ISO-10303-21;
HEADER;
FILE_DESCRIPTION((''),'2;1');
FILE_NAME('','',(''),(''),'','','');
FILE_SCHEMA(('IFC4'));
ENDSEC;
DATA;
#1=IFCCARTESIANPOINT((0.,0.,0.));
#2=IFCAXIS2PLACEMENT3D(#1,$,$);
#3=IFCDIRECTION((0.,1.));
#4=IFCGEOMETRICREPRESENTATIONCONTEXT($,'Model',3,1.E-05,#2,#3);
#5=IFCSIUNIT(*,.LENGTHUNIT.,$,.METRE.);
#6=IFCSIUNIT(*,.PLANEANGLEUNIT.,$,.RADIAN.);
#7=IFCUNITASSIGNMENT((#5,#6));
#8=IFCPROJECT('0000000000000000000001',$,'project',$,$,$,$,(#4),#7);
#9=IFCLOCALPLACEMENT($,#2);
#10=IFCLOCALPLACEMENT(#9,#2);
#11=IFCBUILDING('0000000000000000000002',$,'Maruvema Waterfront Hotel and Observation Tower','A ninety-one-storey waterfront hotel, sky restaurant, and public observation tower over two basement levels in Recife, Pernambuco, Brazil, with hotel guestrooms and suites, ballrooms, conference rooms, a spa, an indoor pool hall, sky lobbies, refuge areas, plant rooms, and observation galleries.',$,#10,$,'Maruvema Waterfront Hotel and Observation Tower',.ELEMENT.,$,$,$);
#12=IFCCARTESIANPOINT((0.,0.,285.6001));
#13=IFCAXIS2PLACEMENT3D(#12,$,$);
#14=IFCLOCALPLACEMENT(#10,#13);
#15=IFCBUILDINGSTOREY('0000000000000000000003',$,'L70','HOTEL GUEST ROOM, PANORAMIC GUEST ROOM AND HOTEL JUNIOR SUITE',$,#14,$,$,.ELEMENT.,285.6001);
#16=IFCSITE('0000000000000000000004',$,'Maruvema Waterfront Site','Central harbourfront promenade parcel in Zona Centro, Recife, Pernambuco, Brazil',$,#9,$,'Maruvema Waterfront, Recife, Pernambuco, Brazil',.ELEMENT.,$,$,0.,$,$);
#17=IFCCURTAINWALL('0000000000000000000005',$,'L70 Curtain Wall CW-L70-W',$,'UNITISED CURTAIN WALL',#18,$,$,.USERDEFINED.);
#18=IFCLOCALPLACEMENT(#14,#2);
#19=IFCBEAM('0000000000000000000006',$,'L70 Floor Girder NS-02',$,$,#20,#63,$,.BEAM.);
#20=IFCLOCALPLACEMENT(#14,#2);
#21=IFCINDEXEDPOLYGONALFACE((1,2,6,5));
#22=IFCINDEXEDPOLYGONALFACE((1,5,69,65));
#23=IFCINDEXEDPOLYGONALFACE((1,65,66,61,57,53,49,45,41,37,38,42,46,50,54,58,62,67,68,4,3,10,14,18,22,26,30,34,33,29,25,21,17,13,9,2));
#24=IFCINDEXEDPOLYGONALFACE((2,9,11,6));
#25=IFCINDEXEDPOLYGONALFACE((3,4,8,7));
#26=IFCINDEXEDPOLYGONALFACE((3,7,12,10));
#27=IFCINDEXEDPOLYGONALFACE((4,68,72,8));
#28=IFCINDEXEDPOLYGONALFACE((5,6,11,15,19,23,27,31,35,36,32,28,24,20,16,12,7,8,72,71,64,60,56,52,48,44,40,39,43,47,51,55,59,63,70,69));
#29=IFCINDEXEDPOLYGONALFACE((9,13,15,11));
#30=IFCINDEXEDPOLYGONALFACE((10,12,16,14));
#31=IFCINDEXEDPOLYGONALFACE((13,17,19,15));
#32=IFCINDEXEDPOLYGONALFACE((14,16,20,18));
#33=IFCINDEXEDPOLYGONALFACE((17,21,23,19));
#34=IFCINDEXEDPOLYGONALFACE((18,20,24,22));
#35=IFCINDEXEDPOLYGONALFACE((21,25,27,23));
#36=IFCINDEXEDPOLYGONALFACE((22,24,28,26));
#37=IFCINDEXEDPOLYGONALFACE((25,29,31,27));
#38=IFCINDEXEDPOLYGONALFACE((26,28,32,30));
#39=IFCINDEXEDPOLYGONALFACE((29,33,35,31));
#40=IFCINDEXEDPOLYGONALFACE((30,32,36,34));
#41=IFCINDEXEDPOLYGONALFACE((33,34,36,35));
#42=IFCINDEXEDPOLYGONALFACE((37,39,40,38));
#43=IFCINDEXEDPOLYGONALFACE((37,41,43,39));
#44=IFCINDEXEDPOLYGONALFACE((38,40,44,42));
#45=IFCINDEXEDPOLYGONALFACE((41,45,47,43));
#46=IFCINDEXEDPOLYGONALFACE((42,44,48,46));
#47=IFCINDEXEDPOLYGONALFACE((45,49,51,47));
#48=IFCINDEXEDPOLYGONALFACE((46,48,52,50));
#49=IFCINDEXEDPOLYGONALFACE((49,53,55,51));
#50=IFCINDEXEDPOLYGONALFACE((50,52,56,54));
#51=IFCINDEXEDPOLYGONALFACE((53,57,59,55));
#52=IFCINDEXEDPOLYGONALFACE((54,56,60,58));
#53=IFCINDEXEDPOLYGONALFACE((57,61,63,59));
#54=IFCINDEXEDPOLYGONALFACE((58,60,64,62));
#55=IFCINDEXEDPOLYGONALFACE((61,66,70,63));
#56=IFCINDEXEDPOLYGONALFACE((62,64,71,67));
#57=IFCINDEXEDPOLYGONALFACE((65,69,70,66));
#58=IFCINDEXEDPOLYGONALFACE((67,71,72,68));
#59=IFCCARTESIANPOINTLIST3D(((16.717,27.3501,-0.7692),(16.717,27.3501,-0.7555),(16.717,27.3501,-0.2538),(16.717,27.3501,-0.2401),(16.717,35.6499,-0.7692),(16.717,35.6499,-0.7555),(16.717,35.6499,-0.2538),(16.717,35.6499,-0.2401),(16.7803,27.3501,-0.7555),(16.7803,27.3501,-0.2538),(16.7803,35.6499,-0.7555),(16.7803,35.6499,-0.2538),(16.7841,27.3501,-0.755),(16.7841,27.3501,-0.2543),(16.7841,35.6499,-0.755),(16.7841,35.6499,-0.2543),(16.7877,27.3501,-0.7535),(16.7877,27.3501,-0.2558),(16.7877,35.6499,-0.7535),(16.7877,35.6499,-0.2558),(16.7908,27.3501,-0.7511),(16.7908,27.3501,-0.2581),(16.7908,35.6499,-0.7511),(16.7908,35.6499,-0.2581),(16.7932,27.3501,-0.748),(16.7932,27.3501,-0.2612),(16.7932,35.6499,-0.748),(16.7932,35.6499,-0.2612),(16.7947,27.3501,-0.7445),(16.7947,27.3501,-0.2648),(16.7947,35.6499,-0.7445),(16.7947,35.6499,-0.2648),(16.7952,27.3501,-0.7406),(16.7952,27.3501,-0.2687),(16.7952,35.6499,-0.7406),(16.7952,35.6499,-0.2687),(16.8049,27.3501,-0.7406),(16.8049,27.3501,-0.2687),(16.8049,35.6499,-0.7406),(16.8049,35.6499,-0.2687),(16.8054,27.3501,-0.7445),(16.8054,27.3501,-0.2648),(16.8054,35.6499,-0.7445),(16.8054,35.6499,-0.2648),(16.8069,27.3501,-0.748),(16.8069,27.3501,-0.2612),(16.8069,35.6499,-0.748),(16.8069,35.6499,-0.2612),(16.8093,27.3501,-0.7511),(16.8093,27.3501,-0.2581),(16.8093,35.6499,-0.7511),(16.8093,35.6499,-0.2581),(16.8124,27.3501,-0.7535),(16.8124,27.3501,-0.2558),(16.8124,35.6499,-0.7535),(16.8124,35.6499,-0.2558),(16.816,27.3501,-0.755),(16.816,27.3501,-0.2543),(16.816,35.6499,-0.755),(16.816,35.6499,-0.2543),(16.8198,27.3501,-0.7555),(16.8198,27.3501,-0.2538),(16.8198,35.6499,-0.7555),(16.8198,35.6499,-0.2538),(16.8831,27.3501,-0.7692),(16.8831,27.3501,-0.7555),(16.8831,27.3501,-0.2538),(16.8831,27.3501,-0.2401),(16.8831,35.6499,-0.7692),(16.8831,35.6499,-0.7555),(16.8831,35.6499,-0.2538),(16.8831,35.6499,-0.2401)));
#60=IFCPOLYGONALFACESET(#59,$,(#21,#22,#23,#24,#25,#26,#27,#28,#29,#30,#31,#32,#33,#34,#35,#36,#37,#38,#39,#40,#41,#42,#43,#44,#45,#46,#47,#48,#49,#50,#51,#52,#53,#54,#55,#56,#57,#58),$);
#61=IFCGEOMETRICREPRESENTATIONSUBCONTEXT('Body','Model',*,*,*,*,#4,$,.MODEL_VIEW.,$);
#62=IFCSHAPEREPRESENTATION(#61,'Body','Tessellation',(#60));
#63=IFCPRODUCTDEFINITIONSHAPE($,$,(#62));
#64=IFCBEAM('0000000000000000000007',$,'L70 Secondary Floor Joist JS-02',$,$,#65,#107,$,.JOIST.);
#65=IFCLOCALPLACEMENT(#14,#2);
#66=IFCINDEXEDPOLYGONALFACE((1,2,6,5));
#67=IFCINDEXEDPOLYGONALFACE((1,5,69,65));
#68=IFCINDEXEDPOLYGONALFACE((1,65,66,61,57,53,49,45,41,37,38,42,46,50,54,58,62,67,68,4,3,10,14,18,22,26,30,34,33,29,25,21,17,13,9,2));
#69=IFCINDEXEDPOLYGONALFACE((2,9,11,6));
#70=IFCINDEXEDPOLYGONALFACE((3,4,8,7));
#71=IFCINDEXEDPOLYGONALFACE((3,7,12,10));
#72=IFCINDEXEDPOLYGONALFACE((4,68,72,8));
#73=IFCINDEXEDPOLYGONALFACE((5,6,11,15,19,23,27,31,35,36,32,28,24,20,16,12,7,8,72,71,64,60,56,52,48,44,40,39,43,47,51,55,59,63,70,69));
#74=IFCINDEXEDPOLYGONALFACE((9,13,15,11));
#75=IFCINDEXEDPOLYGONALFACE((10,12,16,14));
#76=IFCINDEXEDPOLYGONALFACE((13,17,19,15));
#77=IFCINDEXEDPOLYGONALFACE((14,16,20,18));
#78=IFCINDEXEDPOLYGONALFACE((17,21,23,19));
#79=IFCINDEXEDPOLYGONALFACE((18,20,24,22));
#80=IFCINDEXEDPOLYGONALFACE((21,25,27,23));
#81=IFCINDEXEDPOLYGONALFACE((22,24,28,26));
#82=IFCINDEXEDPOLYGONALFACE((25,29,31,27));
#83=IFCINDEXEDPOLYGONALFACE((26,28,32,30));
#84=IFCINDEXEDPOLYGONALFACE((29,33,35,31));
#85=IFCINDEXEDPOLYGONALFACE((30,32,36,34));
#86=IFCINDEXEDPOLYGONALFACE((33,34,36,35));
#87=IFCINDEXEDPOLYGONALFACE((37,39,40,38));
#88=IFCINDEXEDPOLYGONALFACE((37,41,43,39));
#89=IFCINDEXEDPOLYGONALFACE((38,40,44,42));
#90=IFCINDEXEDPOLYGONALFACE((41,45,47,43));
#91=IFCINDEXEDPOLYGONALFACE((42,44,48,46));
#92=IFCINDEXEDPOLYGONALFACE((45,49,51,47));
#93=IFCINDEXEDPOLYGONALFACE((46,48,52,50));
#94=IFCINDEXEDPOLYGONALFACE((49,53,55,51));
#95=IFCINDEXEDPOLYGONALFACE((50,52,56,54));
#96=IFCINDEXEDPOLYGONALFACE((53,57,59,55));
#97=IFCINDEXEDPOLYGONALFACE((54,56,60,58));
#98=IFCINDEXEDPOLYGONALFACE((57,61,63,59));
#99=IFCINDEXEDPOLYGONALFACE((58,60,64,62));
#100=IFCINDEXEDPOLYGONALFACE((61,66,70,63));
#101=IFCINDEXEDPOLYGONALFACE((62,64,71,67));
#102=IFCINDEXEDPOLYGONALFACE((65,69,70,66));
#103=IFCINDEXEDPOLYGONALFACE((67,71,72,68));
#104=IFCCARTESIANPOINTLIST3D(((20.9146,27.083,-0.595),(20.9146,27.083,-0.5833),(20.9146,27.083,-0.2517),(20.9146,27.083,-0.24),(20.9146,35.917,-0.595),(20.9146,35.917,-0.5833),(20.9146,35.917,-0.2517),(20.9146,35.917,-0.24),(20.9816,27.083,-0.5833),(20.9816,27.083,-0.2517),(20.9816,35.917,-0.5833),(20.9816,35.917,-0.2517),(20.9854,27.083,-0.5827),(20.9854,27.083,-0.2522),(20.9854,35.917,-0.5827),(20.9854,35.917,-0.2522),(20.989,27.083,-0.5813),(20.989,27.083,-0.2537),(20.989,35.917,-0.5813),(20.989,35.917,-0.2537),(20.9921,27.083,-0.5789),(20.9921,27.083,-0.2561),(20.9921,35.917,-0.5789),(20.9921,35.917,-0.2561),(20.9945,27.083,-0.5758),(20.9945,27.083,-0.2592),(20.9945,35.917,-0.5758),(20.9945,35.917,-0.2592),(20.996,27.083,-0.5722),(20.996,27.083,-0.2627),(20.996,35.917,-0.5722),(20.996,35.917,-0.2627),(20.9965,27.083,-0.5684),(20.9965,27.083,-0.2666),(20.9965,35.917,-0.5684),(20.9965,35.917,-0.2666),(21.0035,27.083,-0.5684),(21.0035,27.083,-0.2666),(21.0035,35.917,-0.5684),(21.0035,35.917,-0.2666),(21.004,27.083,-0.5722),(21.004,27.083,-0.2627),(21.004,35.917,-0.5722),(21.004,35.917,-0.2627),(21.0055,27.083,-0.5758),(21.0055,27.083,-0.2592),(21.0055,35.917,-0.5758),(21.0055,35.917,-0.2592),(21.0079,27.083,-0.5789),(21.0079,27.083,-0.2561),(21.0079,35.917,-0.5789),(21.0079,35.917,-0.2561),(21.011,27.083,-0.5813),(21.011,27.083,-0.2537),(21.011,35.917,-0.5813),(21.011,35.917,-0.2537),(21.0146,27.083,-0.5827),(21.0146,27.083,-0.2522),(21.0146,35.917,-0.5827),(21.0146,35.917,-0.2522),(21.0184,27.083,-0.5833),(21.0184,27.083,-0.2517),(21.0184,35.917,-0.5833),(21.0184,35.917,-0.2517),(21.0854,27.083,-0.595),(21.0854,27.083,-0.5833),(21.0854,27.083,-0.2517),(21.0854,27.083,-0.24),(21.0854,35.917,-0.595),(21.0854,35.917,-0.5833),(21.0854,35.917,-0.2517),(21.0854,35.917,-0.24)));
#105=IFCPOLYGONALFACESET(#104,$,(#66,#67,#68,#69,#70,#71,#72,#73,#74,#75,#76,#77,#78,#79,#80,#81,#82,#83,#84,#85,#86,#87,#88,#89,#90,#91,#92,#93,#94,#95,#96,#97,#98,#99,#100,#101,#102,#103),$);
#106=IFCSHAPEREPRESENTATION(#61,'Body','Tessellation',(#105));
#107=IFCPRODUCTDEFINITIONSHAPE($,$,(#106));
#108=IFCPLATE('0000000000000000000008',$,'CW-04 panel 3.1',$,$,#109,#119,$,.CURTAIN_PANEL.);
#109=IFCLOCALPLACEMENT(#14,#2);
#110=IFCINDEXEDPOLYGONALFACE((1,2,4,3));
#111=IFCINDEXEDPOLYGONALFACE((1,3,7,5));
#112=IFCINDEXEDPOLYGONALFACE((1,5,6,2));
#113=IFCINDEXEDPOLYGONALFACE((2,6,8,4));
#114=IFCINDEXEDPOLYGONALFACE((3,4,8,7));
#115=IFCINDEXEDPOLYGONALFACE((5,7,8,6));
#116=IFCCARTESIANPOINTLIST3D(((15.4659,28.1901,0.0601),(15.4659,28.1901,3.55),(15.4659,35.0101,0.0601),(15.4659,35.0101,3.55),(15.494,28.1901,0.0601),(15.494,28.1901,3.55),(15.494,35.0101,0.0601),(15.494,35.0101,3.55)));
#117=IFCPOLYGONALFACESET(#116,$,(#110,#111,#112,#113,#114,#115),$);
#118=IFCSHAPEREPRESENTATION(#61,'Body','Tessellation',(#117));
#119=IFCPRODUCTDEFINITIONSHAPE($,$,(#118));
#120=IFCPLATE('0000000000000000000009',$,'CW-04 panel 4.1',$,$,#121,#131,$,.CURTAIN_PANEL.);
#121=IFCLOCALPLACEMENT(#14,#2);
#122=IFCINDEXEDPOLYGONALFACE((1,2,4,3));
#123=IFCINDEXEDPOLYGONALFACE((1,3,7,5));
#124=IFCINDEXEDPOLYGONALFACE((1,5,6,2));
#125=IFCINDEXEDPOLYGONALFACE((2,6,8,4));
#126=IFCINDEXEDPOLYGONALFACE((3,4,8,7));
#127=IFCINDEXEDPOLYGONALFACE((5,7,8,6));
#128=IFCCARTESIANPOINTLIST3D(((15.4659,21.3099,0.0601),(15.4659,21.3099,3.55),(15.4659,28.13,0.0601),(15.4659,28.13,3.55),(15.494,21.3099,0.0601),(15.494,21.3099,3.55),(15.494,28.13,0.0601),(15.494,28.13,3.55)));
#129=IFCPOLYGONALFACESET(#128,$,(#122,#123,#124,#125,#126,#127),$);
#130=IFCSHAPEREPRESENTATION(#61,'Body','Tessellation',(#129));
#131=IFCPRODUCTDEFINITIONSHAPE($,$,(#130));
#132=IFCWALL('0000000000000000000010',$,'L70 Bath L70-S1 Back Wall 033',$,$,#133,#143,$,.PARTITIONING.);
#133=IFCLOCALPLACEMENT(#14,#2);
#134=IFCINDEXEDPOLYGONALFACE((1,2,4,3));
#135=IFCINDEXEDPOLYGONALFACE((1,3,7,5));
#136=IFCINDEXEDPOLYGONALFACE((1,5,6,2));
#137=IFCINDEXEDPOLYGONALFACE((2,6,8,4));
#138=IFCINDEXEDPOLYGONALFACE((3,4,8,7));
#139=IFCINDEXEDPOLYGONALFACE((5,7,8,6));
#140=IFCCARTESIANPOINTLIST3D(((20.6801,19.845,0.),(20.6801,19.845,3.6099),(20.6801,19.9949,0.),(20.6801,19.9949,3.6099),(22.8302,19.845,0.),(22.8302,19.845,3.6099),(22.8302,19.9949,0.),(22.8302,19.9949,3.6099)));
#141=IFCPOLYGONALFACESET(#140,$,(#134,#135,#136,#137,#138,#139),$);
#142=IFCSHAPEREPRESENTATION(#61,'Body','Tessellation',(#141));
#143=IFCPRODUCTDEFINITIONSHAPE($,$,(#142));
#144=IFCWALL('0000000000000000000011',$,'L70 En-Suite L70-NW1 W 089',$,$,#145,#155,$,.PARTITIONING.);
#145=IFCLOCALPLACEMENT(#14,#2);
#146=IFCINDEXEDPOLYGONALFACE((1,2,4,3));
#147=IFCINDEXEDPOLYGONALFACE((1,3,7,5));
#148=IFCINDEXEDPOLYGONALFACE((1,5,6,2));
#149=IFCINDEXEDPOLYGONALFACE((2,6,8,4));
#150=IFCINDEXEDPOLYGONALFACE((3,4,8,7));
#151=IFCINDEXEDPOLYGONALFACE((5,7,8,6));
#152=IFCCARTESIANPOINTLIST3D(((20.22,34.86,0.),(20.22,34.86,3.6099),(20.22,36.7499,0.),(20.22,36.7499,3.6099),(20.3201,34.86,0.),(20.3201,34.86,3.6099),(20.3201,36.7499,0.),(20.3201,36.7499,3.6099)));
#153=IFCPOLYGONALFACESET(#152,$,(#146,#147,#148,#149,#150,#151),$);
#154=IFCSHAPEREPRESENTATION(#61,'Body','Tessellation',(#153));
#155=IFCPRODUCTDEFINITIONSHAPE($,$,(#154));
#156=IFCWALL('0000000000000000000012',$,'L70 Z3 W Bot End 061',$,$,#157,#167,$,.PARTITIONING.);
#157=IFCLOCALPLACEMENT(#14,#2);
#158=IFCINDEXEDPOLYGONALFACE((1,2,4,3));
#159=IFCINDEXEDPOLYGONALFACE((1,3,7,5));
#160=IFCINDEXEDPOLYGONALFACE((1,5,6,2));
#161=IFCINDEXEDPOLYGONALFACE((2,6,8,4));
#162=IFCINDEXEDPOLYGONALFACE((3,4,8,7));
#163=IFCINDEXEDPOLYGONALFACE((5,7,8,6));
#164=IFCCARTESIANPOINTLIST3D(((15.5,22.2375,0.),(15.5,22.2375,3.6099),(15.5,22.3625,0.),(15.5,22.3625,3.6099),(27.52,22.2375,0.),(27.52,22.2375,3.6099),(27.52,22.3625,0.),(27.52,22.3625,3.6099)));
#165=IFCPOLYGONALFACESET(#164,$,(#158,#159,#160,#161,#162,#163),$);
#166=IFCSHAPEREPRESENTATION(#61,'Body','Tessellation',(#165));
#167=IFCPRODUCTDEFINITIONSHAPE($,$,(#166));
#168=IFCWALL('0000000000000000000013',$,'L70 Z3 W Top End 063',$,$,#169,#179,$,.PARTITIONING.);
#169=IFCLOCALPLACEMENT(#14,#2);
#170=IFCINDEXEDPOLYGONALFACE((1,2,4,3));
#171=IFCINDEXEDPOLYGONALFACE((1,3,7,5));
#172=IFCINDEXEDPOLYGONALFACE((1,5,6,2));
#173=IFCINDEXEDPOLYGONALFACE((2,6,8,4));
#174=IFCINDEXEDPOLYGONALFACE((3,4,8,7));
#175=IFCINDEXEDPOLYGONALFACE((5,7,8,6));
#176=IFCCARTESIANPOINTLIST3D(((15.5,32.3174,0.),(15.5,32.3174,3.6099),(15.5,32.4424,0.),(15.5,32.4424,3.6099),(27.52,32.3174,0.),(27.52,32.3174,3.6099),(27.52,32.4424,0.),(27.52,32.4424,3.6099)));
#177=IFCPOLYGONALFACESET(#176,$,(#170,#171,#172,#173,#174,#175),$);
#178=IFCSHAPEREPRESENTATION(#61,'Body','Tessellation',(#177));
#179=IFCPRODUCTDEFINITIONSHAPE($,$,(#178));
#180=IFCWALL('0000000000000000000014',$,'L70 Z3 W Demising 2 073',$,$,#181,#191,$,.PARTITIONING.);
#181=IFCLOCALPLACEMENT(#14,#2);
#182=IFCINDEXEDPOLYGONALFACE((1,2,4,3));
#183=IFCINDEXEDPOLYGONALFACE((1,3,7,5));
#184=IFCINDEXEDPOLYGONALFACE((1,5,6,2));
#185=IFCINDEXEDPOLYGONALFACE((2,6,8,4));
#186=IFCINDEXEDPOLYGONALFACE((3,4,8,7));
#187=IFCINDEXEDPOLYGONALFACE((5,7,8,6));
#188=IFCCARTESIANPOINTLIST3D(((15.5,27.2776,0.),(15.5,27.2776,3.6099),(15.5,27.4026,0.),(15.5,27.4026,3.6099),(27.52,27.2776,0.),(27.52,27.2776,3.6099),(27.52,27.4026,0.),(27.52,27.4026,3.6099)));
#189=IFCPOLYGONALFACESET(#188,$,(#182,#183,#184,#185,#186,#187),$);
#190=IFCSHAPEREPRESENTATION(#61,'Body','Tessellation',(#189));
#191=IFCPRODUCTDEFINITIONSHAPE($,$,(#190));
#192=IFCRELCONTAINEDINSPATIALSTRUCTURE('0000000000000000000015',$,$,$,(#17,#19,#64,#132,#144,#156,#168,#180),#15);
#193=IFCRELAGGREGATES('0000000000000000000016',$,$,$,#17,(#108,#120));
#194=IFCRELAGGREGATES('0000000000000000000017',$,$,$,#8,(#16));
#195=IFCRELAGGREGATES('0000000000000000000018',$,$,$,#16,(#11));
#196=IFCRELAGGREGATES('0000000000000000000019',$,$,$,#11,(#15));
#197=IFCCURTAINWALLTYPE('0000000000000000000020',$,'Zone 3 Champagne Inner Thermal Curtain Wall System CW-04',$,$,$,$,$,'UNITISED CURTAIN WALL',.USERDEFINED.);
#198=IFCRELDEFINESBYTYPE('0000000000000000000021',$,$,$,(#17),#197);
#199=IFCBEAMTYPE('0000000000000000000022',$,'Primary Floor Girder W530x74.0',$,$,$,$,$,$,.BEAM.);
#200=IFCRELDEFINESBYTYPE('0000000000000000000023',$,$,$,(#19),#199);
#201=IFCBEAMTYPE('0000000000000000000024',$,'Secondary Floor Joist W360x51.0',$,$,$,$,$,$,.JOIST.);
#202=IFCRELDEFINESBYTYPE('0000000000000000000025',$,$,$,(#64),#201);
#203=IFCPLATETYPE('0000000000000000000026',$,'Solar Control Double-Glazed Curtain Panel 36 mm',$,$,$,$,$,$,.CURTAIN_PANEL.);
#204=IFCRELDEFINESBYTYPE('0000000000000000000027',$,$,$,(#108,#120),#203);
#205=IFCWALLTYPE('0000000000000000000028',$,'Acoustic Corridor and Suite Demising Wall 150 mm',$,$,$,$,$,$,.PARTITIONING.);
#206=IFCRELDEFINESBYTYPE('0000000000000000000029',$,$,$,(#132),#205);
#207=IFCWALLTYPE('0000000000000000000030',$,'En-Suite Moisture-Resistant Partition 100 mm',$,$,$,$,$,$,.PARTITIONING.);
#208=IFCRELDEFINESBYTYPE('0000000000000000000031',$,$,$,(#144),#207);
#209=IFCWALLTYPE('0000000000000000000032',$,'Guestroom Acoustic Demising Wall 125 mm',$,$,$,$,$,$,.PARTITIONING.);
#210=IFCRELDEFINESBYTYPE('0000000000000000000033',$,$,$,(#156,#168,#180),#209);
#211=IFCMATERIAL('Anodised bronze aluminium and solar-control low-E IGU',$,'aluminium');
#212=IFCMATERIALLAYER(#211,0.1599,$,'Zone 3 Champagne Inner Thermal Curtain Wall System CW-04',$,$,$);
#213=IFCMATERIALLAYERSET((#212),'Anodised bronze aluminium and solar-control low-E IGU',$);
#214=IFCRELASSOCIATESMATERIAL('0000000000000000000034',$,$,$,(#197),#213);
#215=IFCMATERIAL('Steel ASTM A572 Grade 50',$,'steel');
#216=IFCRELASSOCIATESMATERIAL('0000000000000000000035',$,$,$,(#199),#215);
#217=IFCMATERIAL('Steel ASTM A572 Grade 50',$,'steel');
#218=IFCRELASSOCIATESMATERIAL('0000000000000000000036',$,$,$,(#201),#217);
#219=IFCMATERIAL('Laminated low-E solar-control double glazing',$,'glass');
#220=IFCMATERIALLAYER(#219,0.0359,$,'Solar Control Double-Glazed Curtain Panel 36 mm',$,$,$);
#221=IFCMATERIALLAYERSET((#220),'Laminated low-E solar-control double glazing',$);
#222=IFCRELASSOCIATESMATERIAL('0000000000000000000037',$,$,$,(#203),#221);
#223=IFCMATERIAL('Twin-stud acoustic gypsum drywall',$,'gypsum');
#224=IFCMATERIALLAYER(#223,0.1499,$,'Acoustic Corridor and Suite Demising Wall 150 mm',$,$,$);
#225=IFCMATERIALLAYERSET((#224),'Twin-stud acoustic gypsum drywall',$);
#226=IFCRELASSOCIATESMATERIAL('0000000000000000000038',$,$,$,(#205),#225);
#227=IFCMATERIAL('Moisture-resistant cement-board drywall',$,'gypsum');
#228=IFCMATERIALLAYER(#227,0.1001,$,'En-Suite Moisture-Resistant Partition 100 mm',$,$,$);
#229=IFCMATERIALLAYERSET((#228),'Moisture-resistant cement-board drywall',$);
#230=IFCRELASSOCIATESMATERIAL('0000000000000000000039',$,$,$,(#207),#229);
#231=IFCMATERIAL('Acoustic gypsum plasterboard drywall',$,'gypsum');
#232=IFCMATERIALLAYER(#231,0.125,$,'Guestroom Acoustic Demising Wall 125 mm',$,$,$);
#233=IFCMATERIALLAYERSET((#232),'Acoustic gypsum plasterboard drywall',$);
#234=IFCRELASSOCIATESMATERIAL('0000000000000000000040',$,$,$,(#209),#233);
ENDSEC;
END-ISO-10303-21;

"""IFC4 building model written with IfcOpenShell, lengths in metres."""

from ifc_helpers import new_model, si_unit, direction, frame, frame_2d, origin, origin_2d, place, context, subcontext, project, spatial, rectangle, i_section, extrude, material, layer, layer_set, material_profile, profile_set, type_object, element, aggregate, save


model = new_model("IFC4")

# Units and contexts
model_context = context("Model", 3, precision=1e-05, world=origin(), true_north=direction((0.0, 1.0)))
body_context = subcontext(model_context, "Body", "Model", "MODEL_VIEW")
ifc_project = project(units=[si_unit("LENGTHUNIT", "METRE"), si_unit("PLANEANGLEUNIT", "RADIAN")], contexts=[model_context])

# Site, building, storey
site_placement = place(None, origin())
site = spatial("IfcSite", under=ifc_project, at=site_placement, Name="Maruvema Waterfront Site", Description="Central harbourfront promenade parcel in Zona Centro, Recife, Pernambuco, Brazil", LongName="Maruvema Waterfront, Recife, Pernambuco, Brazil", CompositionType="ELEMENT", RefElevation=0.0)
building_placement = place(site_placement, origin())
building = spatial("IfcBuilding", under=site, at=building_placement, Name="Maruvema Waterfront Hotel and Observation Tower", Description="A ninety-one-storey waterfront hotel, sky restaurant, and public observation tower over two basement levels in Recife, Pernambuco, Brazil, with hotel guestrooms and suites, ballrooms, conference rooms, a spa, an indoor pool hall, sky lobbies, refuge areas, plant rooms, and observation galleries.", LongName="Maruvema Waterfront Hotel and Observation Tower", CompositionType="ELEMENT")
storey_placement = place(building_placement, frame((0.0, 0.0, 285.6001)))
storey = spatial("IfcBuildingStorey", under=building, at=storey_placement, Name="L70", Description="HOTEL GUEST ROOM, PANORAMIC GUEST ROOM AND HOTEL JUNIOR SUITE", CompositionType="ELEMENT", Elevation=285.6001)

# Curtain wall
ifc_material_1 = material(Name="Anodised bronze aluminium and solar-control low-E IGU", Category="aluminium")
ifc_layer_1 = layer(ifc_material_1, 0.1599, Name="Zone 3 Champagne Inner Thermal Curtain Wall System CW-04")
ifc_layer_set_1 = layer_set([ifc_layer_1], Name="Anodised bronze aluminium and solar-control low-E IGU")
curtain_wall_type = type_object("IfcCurtainWallType", Name="Zone 3 Champagne Inner Thermal Curtain Wall System CW-04", ElementType="UNITISED CURTAIN WALL", PredefinedType="USERDEFINED", material=ifc_layer_set_1)
curtain_wall_placement = place(storey_placement, origin())
curtain_wall = element("IfcCurtainWall", 1, at=curtain_wall_placement, inside=storey, type_object=curtain_wall_type, Name="L70 Curtain Wall CW-L70-W", ObjectType="UNITISED CURTAIN WALL", PredefinedType="USERDEFINED")

# Beams
ifc_material_2 = material(Name="Steel ASTM A572 Grade 50", Category="steel")
ifc_material_profile_1 = material_profile(ifc_material_2, i_section(OverallWidth=0.166, OverallDepth=0.5291, WebThickness=0.0098, FlangeThickness=0.0137, FilletRadius=0.0149, at=origin_2d()), Name="W530x74.0")
ifc_profile_set_1 = profile_set([ifc_material_profile_1], Name="Steel ASTM A572 Grade 50")
beam_type_1 = type_object("IfcBeamType", Name="Primary Floor Girder W530x74.0", PredefinedType="BEAM", material=ifc_profile_set_1)
beam_1_placement = place(storey_placement, frame((16.8, 27.3501, -0.5046), z_axis=(0.0, 1.0, 0.0), x_axis=(-1.0, 0.0, 0.0)))
element("IfcBeam", 2, at=beam_1_placement, inside=storey, type_object=beam_type_1, Name="L70 Floor Girder NS-02", PredefinedType="BEAM", context=body_context, shape_type="SweptSolid", body=[
    extrude(i_section(OverallWidth=0.166, OverallDepth=0.5291, WebThickness=0.0098, FlangeThickness=0.0137, FilletRadius=0.0149, at=origin_2d()), origin(), (0.0, 0.0, 1.0), 8.2998),
])
ifc_material_3 = material(Name="Steel ASTM A572 Grade 50", Category="steel")
ifc_material_profile_2 = material_profile(ifc_material_3, i_section(OverallWidth=0.1709, OverallDepth=0.355, WebThickness=0.0071, FlangeThickness=0.0117, FilletRadius=0.0149, at=origin_2d()), Name="W360x51.0")
ifc_profile_set_2 = profile_set([ifc_material_profile_2], Name="Steel ASTM A572 Grade 50")
beam_type_2 = type_object("IfcBeamType", Name="Secondary Floor Joist W360x51.0", PredefinedType="JOIST", material=ifc_profile_set_2)
beam_2_placement = place(storey_placement, frame((21.0, 27.083, -0.4175), z_axis=(0.0, 1.0, 0.0), x_axis=(-1.0, 0.0, 0.0)))
element("IfcBeam", 3, at=beam_2_placement, inside=storey, type_object=beam_type_2, Name="L70 Secondary Floor Joist JS-02", PredefinedType="JOIST", context=body_context, shape_type="SweptSolid", body=[
    extrude(i_section(OverallWidth=0.1709, OverallDepth=0.355, WebThickness=0.0071, FlangeThickness=0.0117, FilletRadius=0.0149, at=origin_2d()), origin(), (0.0, 0.0, 1.0), 8.834),
])

# Plates
ifc_material_4 = material(Name="Laminated low-E solar-control double glazing", Category="glass")
ifc_layer_2 = layer(ifc_material_4, 0.0359, Name="Solar Control Double-Glazed Curtain Panel 36 mm")
ifc_layer_set_2 = layer_set([ifc_layer_2], Name="Laminated low-E solar-control double glazing")
plate_type = type_object("IfcPlateType", Name="Solar Control Double-Glazed Curtain Panel 36 mm", PredefinedType="CURTAIN_PANEL", material=ifc_layer_set_2)
plate_1_placement = place(storey_placement, frame((15.48, 31.6001, 0.0601), z_axis=(0.0, 0.0, 1.0), x_axis=(0.0, -1.0, 0.0)))
plate_1 = element("IfcPlate", 4, at=plate_1_placement, type_object=plate_type, Name="CW-04 panel 3.1", PredefinedType="CURTAIN_PANEL", context=body_context, shape_type="SweptSolid", body=[
    extrude(rectangle(XDim=6.8201, YDim=0.0281, at=origin_2d()), origin(), (0.0, 0.0, 1.0), 3.49),
])
plate_2_placement = place(storey_placement, frame((15.48, 24.72, 0.0601), z_axis=(0.0, 0.0, 1.0), x_axis=(0.0, -1.0, 0.0)))
plate_2 = element("IfcPlate", 5, at=plate_2_placement, type_object=plate_type, Name="CW-04 panel 4.1", PredefinedType="CURTAIN_PANEL", context=body_context, shape_type="SweptSolid", body=[
    extrude(rectangle(XDim=6.8201, YDim=0.0281, at=origin_2d()), origin(), (0.0, 0.0, 1.0), 3.49),
])
aggregate(curtain_wall, [plate_1, plate_2])

# Walls
ifc_material_5 = material(Name="Twin-stud acoustic gypsum drywall", Category="gypsum")
ifc_layer_3 = layer(ifc_material_5, 0.1499, Name="Acoustic Corridor and Suite Demising Wall 150 mm")
ifc_layer_set_3 = layer_set([ifc_layer_3], Name="Twin-stud acoustic gypsum drywall")
wall_type_1 = type_object("IfcWallType", Name="Acoustic Corridor and Suite Demising Wall 150 mm", PredefinedType="PARTITIONING", material=ifc_layer_set_3)
wall_1_placement = place(storey_placement, frame((20.6799, 19.9199, 0.0), z_axis=(0.0, 0.0, 1.0), x_axis=(1.0, 0.0, 0.0)))
element("IfcWall", 6, at=wall_1_placement, inside=storey, type_object=wall_type_1, Name="L70 Bath L70-S1 Back Wall 033", PredefinedType="PARTITIONING", context=body_context, shape_type="SweptSolid", body=[
    extrude(rectangle(XDim=2.1501, YDim=0.1499, at=frame_2d((1.0752, 0.0))), origin(), (0.0, 0.0, 1.0), 3.6099),
])
ifc_material_6 = material(Name="Moisture-resistant cement-board drywall", Category="gypsum")
ifc_layer_4 = layer(ifc_material_6, 0.1001, Name="En-Suite Moisture-Resistant Partition 100 mm")
ifc_layer_set_4 = layer_set([ifc_layer_4], Name="Moisture-resistant cement-board drywall")
wall_type_2 = type_object("IfcWallType", Name="En-Suite Moisture-Resistant Partition 100 mm", PredefinedType="PARTITIONING", material=ifc_layer_set_4)
wall_2_placement = place(storey_placement, frame((20.27, 34.8601, 0.0), z_axis=(0.0, 0.0, 1.0), x_axis=(0.0, 1.0, 0.0)))
element("IfcWall", 7, at=wall_2_placement, inside=storey, type_object=wall_type_2, Name="L70 En-Suite L70-NW1 W 089", PredefinedType="PARTITIONING", context=body_context, shape_type="SweptSolid", body=[
    extrude(rectangle(XDim=1.8899, YDim=0.1001, at=frame_2d((0.9448, 0.0))), origin(), (0.0, 0.0, 1.0), 3.6099),
])
ifc_material_7 = material(Name="Acoustic gypsum plasterboard drywall", Category="gypsum")
ifc_layer_5 = layer(ifc_material_7, 0.125, Name="Guestroom Acoustic Demising Wall 125 mm")
ifc_layer_set_5 = layer_set([ifc_layer_5], Name="Acoustic gypsum plasterboard drywall")
wall_type_3 = type_object("IfcWallType", Name="Guestroom Acoustic Demising Wall 125 mm", PredefinedType="PARTITIONING", material=ifc_layer_set_5)
for number, where, z_axis, x_axis, name in (
    (8, (15.5, 22.3, 0.0), (0.0, 0.0, 1.0), (1.0, 0.0, 0.0), "L70 Z3 W Bot End 061"),
    (9, (15.5, 32.3799, 0.0), (0.0, 0.0, 1.0), (1.0, 0.0, 0.0), "L70 Z3 W Top End 063"),
    (10, (15.5, 27.3401, 0.0), (0.0, 0.0, 1.0), (1.0, 0.0, 0.0), "L70 Z3 W Demising 2 073"),
):
    element("IfcWall", number, at=place(storey_placement, frame(where, z_axis=z_axis, x_axis=x_axis)), inside=storey, type_object=wall_type_3, Name=name, PredefinedType="PARTITIONING", context=body_context, shape_type="SweptSolid", body=[
        extrude(rectangle(XDim=12.02, YDim=0.125, at=frame_2d((6.01, 0.0))), origin(), (0.0, 0.0, 1.0), 3.6099),
    ])

save(model, "model.ifc")
